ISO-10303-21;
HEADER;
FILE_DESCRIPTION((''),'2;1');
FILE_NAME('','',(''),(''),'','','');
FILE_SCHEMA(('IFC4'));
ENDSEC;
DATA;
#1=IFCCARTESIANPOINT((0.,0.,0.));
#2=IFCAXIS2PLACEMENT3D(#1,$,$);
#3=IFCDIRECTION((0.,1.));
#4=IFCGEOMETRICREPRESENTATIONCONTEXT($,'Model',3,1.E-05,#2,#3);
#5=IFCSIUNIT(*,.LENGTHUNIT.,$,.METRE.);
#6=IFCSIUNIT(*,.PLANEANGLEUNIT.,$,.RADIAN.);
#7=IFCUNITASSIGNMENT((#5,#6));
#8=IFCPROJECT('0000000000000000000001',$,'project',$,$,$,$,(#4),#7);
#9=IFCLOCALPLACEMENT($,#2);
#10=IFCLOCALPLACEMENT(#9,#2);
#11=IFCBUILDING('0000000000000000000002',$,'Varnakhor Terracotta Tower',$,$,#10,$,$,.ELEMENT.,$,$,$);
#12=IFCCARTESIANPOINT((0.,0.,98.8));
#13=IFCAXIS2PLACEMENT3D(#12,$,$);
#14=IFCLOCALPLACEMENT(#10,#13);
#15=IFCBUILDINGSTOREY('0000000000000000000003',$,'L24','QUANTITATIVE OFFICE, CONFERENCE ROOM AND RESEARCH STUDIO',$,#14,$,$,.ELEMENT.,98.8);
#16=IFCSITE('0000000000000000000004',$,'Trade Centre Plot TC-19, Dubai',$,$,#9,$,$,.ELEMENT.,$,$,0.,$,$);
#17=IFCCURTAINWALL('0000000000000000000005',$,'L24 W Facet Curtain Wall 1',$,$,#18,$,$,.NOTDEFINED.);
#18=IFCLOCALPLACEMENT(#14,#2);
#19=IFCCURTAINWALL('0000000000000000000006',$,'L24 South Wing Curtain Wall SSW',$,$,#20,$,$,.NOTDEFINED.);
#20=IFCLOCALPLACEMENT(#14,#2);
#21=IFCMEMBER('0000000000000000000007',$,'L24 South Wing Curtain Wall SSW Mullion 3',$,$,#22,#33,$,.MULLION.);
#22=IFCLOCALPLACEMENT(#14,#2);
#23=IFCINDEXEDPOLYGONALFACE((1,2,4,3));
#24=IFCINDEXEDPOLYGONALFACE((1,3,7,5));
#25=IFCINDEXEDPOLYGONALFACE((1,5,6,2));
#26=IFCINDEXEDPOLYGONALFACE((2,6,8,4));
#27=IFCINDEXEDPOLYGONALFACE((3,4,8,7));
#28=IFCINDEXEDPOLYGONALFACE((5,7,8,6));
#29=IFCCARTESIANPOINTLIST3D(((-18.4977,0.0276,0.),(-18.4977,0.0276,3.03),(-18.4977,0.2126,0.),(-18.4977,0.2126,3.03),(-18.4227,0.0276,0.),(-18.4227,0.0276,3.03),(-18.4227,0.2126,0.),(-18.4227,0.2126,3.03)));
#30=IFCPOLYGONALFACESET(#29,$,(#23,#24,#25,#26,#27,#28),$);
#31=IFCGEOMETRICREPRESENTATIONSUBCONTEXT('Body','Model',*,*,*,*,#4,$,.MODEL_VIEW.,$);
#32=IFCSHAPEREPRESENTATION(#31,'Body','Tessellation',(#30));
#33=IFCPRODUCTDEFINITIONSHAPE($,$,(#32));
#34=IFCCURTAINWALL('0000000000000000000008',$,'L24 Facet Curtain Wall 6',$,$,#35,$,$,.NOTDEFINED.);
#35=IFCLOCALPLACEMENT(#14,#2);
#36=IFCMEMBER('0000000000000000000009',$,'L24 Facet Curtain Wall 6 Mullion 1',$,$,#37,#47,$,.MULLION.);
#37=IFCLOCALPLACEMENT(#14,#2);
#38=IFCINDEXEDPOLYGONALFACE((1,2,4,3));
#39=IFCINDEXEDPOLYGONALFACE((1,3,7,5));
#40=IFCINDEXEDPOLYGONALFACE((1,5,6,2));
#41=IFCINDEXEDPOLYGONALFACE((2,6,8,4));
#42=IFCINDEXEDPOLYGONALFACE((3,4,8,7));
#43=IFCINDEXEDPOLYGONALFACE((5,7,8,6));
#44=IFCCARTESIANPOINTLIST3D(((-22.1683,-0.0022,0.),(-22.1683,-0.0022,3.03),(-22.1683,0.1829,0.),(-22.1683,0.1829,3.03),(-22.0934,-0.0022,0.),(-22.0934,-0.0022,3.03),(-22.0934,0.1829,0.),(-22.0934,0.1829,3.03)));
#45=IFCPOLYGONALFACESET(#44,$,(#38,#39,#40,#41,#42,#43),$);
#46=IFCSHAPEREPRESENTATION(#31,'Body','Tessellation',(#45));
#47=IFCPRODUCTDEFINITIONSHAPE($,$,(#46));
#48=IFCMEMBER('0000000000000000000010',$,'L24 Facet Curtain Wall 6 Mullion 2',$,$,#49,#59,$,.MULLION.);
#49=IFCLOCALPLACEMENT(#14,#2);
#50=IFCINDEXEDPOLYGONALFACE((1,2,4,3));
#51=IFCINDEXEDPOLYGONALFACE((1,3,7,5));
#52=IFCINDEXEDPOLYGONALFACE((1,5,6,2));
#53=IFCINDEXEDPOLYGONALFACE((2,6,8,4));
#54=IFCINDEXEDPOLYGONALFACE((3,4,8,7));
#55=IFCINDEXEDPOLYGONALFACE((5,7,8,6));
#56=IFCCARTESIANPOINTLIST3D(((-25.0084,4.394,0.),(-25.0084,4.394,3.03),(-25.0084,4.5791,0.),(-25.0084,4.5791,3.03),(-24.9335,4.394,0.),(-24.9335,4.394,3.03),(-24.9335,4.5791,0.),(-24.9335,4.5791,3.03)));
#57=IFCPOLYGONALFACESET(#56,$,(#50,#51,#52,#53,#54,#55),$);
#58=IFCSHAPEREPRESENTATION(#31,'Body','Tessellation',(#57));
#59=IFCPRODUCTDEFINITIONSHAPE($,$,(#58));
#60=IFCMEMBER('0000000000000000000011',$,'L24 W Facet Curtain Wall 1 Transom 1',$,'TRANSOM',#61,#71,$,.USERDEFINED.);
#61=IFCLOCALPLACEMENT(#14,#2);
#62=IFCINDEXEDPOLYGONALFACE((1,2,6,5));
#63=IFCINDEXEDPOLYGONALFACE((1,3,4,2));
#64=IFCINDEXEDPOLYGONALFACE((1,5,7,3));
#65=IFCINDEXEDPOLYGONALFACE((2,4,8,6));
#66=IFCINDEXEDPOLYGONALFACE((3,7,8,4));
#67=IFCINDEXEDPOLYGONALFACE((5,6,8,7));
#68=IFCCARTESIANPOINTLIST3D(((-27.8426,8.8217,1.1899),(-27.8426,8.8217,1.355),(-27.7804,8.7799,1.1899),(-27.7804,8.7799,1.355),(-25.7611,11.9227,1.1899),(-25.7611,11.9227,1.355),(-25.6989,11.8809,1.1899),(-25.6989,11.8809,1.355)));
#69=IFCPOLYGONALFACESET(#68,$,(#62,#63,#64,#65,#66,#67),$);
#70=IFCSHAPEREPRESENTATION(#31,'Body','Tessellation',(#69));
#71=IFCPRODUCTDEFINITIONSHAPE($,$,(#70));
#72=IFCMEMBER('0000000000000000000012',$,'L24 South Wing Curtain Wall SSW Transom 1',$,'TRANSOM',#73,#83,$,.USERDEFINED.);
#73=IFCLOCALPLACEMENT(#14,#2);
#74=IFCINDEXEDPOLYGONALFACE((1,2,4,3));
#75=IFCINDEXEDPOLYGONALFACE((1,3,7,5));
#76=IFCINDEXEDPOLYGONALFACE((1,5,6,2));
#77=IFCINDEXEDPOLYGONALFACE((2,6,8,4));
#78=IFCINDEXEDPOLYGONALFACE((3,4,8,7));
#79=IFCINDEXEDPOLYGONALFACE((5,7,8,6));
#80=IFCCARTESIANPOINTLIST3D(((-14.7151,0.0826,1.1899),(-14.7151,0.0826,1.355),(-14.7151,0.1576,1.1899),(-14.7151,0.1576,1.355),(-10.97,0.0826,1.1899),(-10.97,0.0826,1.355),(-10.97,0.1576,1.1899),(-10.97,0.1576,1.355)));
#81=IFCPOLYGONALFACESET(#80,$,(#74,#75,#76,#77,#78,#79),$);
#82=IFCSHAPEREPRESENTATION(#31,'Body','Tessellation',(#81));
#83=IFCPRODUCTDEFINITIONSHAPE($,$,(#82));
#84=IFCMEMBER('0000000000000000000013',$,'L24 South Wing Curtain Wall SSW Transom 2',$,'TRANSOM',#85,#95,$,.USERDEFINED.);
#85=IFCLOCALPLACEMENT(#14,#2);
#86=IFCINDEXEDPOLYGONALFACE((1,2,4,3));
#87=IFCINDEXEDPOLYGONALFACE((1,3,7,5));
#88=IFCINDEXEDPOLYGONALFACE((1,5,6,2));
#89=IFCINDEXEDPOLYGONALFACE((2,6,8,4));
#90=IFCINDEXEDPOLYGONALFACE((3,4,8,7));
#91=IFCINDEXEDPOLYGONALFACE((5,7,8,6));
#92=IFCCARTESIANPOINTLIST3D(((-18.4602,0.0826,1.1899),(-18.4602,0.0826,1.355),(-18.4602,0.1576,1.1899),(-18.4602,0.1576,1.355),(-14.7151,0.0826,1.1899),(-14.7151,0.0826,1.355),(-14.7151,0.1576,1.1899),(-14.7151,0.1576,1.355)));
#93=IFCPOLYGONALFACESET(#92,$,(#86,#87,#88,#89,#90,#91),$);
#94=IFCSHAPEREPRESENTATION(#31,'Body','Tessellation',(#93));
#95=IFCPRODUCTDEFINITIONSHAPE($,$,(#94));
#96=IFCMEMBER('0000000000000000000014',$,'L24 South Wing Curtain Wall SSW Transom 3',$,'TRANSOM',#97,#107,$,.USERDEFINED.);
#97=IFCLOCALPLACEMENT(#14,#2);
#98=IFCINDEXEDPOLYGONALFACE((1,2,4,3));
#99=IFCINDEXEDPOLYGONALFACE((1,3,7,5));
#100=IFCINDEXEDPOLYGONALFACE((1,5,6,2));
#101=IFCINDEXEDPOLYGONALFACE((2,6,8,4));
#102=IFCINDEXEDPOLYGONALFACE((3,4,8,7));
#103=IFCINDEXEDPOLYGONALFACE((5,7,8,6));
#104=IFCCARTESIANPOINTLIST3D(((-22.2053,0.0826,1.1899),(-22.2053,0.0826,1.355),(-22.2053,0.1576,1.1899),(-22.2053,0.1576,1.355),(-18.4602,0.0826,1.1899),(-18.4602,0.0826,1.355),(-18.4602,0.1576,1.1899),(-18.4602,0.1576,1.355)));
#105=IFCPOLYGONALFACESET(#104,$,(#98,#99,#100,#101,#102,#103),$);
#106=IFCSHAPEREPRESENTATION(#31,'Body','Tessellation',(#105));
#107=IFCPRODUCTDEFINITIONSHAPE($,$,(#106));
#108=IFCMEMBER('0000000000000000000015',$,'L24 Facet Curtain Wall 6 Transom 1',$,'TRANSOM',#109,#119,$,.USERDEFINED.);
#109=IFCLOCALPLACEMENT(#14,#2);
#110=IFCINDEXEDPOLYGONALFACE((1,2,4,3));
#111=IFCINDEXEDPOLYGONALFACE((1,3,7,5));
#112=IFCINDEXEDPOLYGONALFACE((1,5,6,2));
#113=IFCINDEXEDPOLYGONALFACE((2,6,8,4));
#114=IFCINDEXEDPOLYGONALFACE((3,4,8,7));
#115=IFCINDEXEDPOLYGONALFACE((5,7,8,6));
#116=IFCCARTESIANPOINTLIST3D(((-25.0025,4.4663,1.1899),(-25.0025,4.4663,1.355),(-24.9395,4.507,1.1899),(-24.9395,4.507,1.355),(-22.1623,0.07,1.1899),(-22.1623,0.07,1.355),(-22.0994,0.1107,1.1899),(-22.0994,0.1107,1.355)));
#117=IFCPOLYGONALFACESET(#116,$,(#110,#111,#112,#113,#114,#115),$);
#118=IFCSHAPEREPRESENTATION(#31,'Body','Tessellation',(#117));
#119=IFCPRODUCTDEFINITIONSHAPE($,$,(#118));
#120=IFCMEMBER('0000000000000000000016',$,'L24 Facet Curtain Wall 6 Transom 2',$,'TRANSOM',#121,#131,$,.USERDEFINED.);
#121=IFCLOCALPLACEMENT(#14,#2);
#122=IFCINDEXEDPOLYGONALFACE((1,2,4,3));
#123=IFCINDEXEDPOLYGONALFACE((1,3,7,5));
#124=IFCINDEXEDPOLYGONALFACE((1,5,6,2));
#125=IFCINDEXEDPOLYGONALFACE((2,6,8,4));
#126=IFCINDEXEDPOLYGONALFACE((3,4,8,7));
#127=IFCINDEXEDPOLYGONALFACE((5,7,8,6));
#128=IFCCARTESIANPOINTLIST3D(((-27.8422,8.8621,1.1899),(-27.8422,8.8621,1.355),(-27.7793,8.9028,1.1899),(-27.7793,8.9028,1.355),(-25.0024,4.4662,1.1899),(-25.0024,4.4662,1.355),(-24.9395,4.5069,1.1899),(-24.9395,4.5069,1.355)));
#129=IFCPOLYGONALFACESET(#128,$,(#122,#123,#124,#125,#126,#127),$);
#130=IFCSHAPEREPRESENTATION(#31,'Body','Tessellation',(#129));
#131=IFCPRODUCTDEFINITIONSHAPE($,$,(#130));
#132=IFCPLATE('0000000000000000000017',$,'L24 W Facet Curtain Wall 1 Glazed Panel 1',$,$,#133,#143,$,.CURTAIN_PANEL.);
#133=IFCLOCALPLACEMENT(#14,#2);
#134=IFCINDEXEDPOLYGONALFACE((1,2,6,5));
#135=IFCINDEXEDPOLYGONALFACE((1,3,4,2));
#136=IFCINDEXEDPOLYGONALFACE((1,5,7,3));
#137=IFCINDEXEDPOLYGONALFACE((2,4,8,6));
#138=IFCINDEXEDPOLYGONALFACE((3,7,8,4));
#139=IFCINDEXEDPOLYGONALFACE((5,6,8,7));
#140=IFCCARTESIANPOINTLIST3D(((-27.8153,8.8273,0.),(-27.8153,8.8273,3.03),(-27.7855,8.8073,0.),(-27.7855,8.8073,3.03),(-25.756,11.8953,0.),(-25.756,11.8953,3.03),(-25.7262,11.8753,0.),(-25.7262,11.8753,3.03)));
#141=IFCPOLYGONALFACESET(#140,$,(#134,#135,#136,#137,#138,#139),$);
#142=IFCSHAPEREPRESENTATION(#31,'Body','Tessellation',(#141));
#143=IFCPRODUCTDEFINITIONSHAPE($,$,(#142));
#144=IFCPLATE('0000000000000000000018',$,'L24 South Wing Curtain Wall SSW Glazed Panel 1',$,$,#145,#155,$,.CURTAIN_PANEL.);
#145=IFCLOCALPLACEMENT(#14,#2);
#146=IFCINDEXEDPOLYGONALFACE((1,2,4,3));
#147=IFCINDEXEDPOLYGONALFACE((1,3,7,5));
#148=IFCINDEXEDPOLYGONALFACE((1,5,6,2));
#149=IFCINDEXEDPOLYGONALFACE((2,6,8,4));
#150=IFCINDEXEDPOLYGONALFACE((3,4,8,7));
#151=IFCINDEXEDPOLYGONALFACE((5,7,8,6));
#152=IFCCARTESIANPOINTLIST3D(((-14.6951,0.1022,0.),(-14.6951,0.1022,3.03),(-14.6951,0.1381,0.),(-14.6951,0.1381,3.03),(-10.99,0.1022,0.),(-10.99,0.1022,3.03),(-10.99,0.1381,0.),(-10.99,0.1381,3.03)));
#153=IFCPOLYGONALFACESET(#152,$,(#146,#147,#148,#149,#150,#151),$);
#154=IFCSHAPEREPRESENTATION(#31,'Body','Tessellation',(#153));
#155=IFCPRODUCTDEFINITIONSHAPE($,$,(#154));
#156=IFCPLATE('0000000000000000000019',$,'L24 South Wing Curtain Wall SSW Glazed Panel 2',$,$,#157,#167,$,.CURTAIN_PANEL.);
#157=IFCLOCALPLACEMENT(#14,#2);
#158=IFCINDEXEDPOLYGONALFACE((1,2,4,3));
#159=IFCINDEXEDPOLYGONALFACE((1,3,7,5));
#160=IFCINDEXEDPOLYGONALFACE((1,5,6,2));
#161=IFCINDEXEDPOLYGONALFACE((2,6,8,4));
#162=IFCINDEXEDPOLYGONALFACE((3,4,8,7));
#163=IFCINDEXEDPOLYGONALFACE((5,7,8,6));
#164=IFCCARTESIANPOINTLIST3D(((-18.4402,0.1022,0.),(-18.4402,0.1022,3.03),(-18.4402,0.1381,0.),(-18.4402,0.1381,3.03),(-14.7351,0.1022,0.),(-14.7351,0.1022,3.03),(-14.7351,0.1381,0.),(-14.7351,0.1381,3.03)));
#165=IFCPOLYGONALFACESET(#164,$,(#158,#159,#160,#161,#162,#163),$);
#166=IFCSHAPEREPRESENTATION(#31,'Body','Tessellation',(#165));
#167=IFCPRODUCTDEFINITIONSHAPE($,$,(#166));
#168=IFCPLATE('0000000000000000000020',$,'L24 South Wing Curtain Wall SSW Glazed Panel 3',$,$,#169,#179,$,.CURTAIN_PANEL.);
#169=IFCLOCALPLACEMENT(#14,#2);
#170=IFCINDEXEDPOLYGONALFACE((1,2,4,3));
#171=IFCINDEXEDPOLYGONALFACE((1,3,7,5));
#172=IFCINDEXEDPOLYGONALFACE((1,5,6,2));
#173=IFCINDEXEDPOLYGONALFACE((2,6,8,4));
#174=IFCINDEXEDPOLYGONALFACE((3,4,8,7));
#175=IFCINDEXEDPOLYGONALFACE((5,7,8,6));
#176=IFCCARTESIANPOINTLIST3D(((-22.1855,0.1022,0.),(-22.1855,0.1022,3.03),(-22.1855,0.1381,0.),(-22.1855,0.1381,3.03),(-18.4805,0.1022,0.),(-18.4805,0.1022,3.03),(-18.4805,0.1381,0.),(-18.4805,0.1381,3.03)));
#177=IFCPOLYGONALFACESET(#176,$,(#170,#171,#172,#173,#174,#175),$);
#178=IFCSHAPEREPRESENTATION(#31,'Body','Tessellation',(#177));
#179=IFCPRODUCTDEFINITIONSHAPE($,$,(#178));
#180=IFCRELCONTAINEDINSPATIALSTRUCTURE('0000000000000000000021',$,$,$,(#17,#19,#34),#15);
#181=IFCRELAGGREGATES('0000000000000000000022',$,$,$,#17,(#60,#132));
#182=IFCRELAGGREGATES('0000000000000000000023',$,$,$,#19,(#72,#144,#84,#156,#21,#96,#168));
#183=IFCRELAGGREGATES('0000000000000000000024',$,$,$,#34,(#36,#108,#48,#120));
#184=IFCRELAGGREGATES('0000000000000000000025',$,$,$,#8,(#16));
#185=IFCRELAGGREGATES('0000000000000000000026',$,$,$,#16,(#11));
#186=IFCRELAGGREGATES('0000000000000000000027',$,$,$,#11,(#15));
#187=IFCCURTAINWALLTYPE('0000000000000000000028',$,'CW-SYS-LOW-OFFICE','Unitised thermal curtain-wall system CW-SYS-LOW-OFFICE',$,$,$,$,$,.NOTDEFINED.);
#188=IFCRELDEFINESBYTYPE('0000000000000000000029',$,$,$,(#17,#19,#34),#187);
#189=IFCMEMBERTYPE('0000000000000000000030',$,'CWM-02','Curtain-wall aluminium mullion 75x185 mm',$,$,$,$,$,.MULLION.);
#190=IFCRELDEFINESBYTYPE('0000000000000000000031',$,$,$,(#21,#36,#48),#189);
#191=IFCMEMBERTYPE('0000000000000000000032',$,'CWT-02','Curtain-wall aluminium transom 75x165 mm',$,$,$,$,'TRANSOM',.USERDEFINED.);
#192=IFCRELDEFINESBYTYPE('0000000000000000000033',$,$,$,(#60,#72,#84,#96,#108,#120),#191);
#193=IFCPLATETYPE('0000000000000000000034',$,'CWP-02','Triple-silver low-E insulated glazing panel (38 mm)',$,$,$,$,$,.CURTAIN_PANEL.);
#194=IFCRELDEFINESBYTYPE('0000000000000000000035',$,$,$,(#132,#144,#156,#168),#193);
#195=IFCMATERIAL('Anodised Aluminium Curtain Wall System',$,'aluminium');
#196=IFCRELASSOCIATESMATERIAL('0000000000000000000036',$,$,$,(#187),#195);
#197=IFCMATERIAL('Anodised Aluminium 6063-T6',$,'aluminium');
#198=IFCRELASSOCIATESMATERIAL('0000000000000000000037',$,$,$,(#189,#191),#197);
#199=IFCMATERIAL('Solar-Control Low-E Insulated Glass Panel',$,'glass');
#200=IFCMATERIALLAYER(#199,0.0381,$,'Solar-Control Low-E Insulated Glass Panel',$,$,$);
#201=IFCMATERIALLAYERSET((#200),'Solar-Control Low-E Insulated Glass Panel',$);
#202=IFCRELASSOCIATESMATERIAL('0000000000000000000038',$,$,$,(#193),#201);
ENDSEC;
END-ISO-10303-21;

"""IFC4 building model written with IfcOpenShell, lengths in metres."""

from ifc_helpers import new_model, si_unit, direction, frame, origin, origin_2d, place, context, subcontext, project, spatial, rectangle, extrude, source, transform, mapped, material, layer, layer_set, material_profile, profile_set, type_object, type_shapes, element, aggregate, save


model = new_model("IFC4")

# Units and contexts
model_context = context("Model", 3, precision=1e-05, world=origin(), true_north=direction((0.0, 1.0)))
body_context = subcontext(model_context, "Body", "Model", "MODEL_VIEW")
ifc_project = project(units=[si_unit("LENGTHUNIT", "METRE"), si_unit("PLANEANGLEUNIT", "RADIAN")], contexts=[model_context])

# Site, building, storey
site_placement = place(None, origin())
site = spatial("IfcSite", under=ifc_project, at=site_placement, Name="Trade Centre Plot TC-19, Dubai", CompositionType="ELEMENT", RefElevation=0.0)
building_placement = place(site_placement, origin())
building = spatial("IfcBuilding", under=site, at=building_placement, Name="Varnakhor Terracotta Tower", CompositionType="ELEMENT")
storey_placement = place(building_placement, frame((0.0, 0.0, 98.8)))
storey = spatial("IfcBuildingStorey", under=building, at=storey_placement, Name="L24", Description="QUANTITATIVE OFFICE, CONFERENCE ROOM AND RESEARCH STUDIO", CompositionType="ELEMENT", Elevation=98.8)

# Curtain wall
ifc_material_1 = material(Name="Anodised Aluminium Curtain Wall System", Category="aluminium")
curtain_wall_type = type_object("IfcCurtainWallType", Name="CW-SYS-LOW-OFFICE", Description="Unitised thermal curtain-wall system CW-SYS-LOW-OFFICE", PredefinedType="NOTDEFINED", material=ifc_material_1)
curtain_wall_1_placement = place(storey_placement, origin())
curtain_wall_1 = element("IfcCurtainWall", 1, at=curtain_wall_1_placement, inside=storey, type_object=curtain_wall_type, Name="L24 W Facet Curtain Wall 1", PredefinedType="NOTDEFINED")
ifc_material_2 = material(Name="Anodised Aluminium 6063-T6", Category="aluminium")
ifc_material_profile_1 = material_profile(ifc_material_2, rectangle(XDim=0.075, YDim=0.1851, at=origin_2d()), Name="ALU MULLION 75x185")
ifc_profile_set_1 = profile_set([ifc_material_profile_1], Name="Anodised Aluminium 6063-T6")
member_type_1 = type_object("IfcMemberType", Name="CWM-02", Description="Curtain-wall aluminium mullion 75x185 mm", PredefinedType="MULLION", material=ifc_profile_set_1)
shared_shape_1 = source(origin(), body_context, "Body", "SweptSolid", [
    extrude(rectangle(XDim=0.075, YDim=0.1851, at=origin_2d()), origin(), (0.0, 0.0, 1.0), 3.03),
])
type_shapes(member_type_1, [shared_shape_1])

# Curtain walls, members
curtain_wall_2_placement = place(storey_placement, origin())
curtain_wall_2 = element("IfcCurtainWall", 2, at=curtain_wall_2_placement, inside=storey, type_object=curtain_wall_type, Name="L24 South Wing Curtain Wall SSW", PredefinedType="NOTDEFINED")
member_1_placement = place(storey_placement, frame((-18.4602, 0.1201, 0.0), z_axis=(0.0, 0.0, 1.0), x_axis=(1.0, 0.0, 0.0)))
member_1 = element("IfcMember", 3, at=member_1_placement, type_object=member_type_1, Name="L24 South Wing Curtain Wall SSW Mullion 3", PredefinedType="MULLION", context=body_context, shape_type="MappedRepresentation", body=[
    mapped(shared_shape_1, transform((0.0, 0.0, 0.0), scale=1.0)),
])
curtain_wall_3_placement = place(storey_placement, origin())
curtain_wall_3 = element("IfcCurtainWall", 4, at=curtain_wall_3_placement, inside=storey, type_object=curtain_wall_type, Name="L24 Facet Curtain Wall 6", PredefinedType="NOTDEFINED")
member_2_placement = place(storey_placement, frame((-22.1309, 0.0903, 0.0), z_axis=(0.0, 0.0, 1.0), x_axis=(1.0, 0.0, 0.0)))
member_2 = element("IfcMember", 5, at=member_2_placement, type_object=member_type_1, Name="L24 Facet Curtain Wall 6 Mullion 1", PredefinedType="MULLION", context=body_context, shape_type="MappedRepresentation", body=[
    mapped(shared_shape_1, transform((0.0, 0.0, 0.0), scale=1.0)),
])
member_3_placement = place(storey_placement, frame((-24.9709, 4.4866, 0.0), z_axis=(0.0, 0.0, 1.0), x_axis=(1.0, 0.0, 0.0)))
member_3 = element("IfcMember", 6, at=member_3_placement, type_object=member_type_1, Name="L24 Facet Curtain Wall 6 Mullion 2", PredefinedType="MULLION", context=body_context, shape_type="MappedRepresentation", body=[
    mapped(shared_shape_1, transform((0.0, 0.0, 0.0), scale=1.0)),
])

# Members
ifc_material_profile_2 = material_profile(ifc_material_2, rectangle(XDim=0.075, YDim=0.165, at=origin_2d()), Name="ALU TRANSOM 75x165")
ifc_profile_set_2 = profile_set([ifc_material_profile_2], Name="Anodised Aluminium 6063-T6")
member_type_2 = type_object("IfcMemberType", Name="CWT-02", Description="Curtain-wall aluminium transom 75x165 mm", ElementType="TRANSOM", PredefinedType="USERDEFINED", material=ifc_profile_set_2)
shared_shape_2 = source(origin(), body_context, "Body", "SweptSolid", [
    extrude(rectangle(XDim=0.075, YDim=0.165, at=origin_2d()), origin(), (0.0, 0.0, 1.0), 3.7349),
])
member_4_placement = place(storey_placement, frame((-27.8115, 8.8008, 1.2725), z_axis=(0.557322, 0.830296, 0.0), x_axis=(-0.830296, 0.557322, 0.0)))
member_4 = element("IfcMember", 7, at=member_4_placement, type_object=member_type_2, Name="L24 W Facet Curtain Wall 1 Transom 1", ObjectType="TRANSOM", PredefinedType="USERDEFINED", context=body_context, shape_type="MappedRepresentation", body=[
    mapped(shared_shape_2, transform((0.0, 0.0, 0.0), scale=1.0)),
])
shared_shape_3 = source(origin(), body_context, "Body", "SweptSolid", [
    extrude(rectangle(XDim=0.075, YDim=0.165, at=origin_2d()), origin(), (0.0, 0.0, 1.0), 3.7451),
])
member_5_placement = place(storey_placement, frame((-10.97, 0.1201, 1.2725), z_axis=(-1.0, 0.0, 0.0), x_axis=(0.0, -1.0, 0.0)))
member_5 = element("IfcMember", 8, at=member_5_placement, type_object=member_type_2, Name="L24 South Wing Curtain Wall SSW Transom 1", ObjectType="TRANSOM", PredefinedType="USERDEFINED", context=body_context, shape_type="MappedRepresentation", body=[
    mapped(shared_shape_3, transform((0.0, 0.0, 0.0), scale=1.0)),
])
member_6_placement = place(storey_placement, frame((-14.7151, 0.1201, 1.2725), z_axis=(-1.0, 0.0, 0.0), x_axis=(0.0, -1.0, 0.0)))
member_6 = element("IfcMember", 9, at=member_6_placement, type_object=member_type_2, Name="L24 South Wing Curtain Wall SSW Transom 2", ObjectType="TRANSOM", PredefinedType="USERDEFINED", context=body_context, shape_type="MappedRepresentation", body=[
    mapped(shared_shape_3, transform((0.0, 0.0, 0.0), scale=1.0)),
])
member_7_placement = place(storey_placement, frame((-18.4602, 0.1201, 1.2725), z_axis=(-1.0, 0.0, 0.0), x_axis=(0.0, -1.0, 0.0)))
member_7 = element("IfcMember", 10, at=member_7_placement, type_object=member_type_2, Name="L24 South Wing Curtain Wall SSW Transom 3", ObjectType="TRANSOM", PredefinedType="USERDEFINED", context=body_context, shape_type="MappedRepresentation", body=[
    mapped(shared_shape_3, transform((0.0, 0.0, 0.0), scale=1.0)),
])
shared_shape_4 = source(origin(), body_context, "Body", "SweptSolid", [
    extrude(rectangle(XDim=0.075, YDim=0.165, at=origin_2d()), origin(), (0.0, 0.0, 1.0), 5.2339),
])
member_8_placement = place(storey_placement, frame((-22.1309, 0.0903, 1.2725), z_axis=(-0.54264, 0.839965, 0.0), x_axis=(-0.839965, -0.54264, 0.0)))
member_8 = element("IfcMember", 11, at=member_8_placement, type_object=member_type_2, Name="L24 Facet Curtain Wall 6 Transom 1", ObjectType="TRANSOM", PredefinedType="USERDEFINED", context=body_context, shape_type="MappedRepresentation", body=[
    mapped(shared_shape_4, transform((0.0, 0.0, 0.0), scale=1.0)),
])
shared_shape_5 = source(origin(), body_context, "Body", "SweptSolid", [
    extrude(rectangle(XDim=0.075, YDim=0.165, at=origin_2d()), origin(), (0.0, 0.0, 1.0), 5.2334),
])
member_9_placement = place(storey_placement, frame((-24.9709, 4.4866, 1.2725), z_axis=(-0.542628, 0.839973, 0.0), x_axis=(-0.839973, -0.542628, 0.0)))
member_9 = element("IfcMember", 12, at=member_9_placement, type_object=member_type_2, Name="L24 Facet Curtain Wall 6 Transom 2", ObjectType="TRANSOM", PredefinedType="USERDEFINED", context=body_context, shape_type="MappedRepresentation", body=[
    mapped(shared_shape_5, transform((0.0, 0.0, 0.0), scale=1.0)),
])

# Plates
ifc_material_3 = material(Name="Solar-Control Low-E Insulated Glass Panel", Category="glass")
ifc_layer_1 = layer(ifc_material_3, 0.0381, Name="Solar-Control Low-E Insulated Glass Panel")
ifc_layer_set_1 = layer_set([ifc_layer_1], Name="Solar-Control Low-E Insulated Glass Panel")
plate_type = type_object("IfcPlateType", Name="CWP-02", Description="Triple-silver low-E insulated glazing panel (38 mm)", PredefinedType="CURTAIN_PANEL", material=ifc_layer_set_1)
shared_shape_6 = source(origin(), body_context, "Body", "SweptSolid", [
    extrude(rectangle(XDim=3.6951, YDim=0.0359, at=origin_2d()), origin(), (0.0, 0.0, 1.0), 3.03),
])
plate_1_placement = place(storey_placement, frame((-26.7708, 10.3513, 0.0), z_axis=(0.0, 0.0, 1.0), x_axis=(0.557325, 0.830294, 0.0)))
plate_1 = element("IfcPlate", 13, at=plate_1_placement, type_object=plate_type, Name="L24 W Facet Curtain Wall 1 Glazed Panel 1", PredefinedType="CURTAIN_PANEL", context=body_context, shape_type="MappedRepresentation", body=[
    mapped(shared_shape_6, transform((0.0, 0.0, 0.0), scale=1.0)),
])
aggregate(curtain_wall_1, [member_4, plate_1])
shared_shape_7 = source(origin(), body_context, "Body", "SweptSolid", [
    extrude(rectangle(XDim=3.7051, YDim=0.0359, at=origin_2d()), origin(), (0.0, 0.0, 1.0), 3.03),
])
plate_2_placement = place(storey_placement, frame((-12.8425, 0.1201, 0.0), z_axis=(0.0, 0.0, 1.0), x_axis=(-1.0, 0.0, 0.0)))
plate_2 = element("IfcPlate", 14, at=plate_2_placement, type_object=plate_type, Name="L24 South Wing Curtain Wall SSW Glazed Panel 1", PredefinedType="CURTAIN_PANEL", context=body_context, shape_type="MappedRepresentation", body=[
    mapped(shared_shape_7, transform((0.0, 0.0, 0.0), scale=1.0)),
])
plate_3_placement = place(storey_placement, frame((-16.5876, 0.1201, 0.0), z_axis=(0.0, 0.0, 1.0), x_axis=(-1.0, 0.0, 0.0)))
plate_3 = element("IfcPlate", 15, at=plate_3_placement, type_object=plate_type, Name="L24 South Wing Curtain Wall SSW Glazed Panel 2", PredefinedType="CURTAIN_PANEL", context=body_context, shape_type="MappedRepresentation", body=[
    mapped(shared_shape_7, transform((0.0, 0.0, 0.0), scale=1.0)),
])
plate_4_placement = place(storey_placement, frame((-20.333, 0.1201, 0.0), z_axis=(0.0, 0.0, 1.0), x_axis=(-1.0, 0.0, 0.0)))
plate_4 = element("IfcPlate", 16, at=plate_4_placement, type_object=plate_type, Name="L24 South Wing Curtain Wall SSW Glazed Panel 3", PredefinedType="CURTAIN_PANEL", context=body_context, shape_type="MappedRepresentation", body=[
    mapped(shared_shape_7, transform((0.0, 0.0, 0.0), scale=1.0)),
])
aggregate(curtain_wall_2, [member_5, plate_2, member_6, plate_3, member_1, member_7, plate_4])
aggregate(curtain_wall_3, [member_2, member_8, member_3, member_9])

save(model, "model.ifc")
